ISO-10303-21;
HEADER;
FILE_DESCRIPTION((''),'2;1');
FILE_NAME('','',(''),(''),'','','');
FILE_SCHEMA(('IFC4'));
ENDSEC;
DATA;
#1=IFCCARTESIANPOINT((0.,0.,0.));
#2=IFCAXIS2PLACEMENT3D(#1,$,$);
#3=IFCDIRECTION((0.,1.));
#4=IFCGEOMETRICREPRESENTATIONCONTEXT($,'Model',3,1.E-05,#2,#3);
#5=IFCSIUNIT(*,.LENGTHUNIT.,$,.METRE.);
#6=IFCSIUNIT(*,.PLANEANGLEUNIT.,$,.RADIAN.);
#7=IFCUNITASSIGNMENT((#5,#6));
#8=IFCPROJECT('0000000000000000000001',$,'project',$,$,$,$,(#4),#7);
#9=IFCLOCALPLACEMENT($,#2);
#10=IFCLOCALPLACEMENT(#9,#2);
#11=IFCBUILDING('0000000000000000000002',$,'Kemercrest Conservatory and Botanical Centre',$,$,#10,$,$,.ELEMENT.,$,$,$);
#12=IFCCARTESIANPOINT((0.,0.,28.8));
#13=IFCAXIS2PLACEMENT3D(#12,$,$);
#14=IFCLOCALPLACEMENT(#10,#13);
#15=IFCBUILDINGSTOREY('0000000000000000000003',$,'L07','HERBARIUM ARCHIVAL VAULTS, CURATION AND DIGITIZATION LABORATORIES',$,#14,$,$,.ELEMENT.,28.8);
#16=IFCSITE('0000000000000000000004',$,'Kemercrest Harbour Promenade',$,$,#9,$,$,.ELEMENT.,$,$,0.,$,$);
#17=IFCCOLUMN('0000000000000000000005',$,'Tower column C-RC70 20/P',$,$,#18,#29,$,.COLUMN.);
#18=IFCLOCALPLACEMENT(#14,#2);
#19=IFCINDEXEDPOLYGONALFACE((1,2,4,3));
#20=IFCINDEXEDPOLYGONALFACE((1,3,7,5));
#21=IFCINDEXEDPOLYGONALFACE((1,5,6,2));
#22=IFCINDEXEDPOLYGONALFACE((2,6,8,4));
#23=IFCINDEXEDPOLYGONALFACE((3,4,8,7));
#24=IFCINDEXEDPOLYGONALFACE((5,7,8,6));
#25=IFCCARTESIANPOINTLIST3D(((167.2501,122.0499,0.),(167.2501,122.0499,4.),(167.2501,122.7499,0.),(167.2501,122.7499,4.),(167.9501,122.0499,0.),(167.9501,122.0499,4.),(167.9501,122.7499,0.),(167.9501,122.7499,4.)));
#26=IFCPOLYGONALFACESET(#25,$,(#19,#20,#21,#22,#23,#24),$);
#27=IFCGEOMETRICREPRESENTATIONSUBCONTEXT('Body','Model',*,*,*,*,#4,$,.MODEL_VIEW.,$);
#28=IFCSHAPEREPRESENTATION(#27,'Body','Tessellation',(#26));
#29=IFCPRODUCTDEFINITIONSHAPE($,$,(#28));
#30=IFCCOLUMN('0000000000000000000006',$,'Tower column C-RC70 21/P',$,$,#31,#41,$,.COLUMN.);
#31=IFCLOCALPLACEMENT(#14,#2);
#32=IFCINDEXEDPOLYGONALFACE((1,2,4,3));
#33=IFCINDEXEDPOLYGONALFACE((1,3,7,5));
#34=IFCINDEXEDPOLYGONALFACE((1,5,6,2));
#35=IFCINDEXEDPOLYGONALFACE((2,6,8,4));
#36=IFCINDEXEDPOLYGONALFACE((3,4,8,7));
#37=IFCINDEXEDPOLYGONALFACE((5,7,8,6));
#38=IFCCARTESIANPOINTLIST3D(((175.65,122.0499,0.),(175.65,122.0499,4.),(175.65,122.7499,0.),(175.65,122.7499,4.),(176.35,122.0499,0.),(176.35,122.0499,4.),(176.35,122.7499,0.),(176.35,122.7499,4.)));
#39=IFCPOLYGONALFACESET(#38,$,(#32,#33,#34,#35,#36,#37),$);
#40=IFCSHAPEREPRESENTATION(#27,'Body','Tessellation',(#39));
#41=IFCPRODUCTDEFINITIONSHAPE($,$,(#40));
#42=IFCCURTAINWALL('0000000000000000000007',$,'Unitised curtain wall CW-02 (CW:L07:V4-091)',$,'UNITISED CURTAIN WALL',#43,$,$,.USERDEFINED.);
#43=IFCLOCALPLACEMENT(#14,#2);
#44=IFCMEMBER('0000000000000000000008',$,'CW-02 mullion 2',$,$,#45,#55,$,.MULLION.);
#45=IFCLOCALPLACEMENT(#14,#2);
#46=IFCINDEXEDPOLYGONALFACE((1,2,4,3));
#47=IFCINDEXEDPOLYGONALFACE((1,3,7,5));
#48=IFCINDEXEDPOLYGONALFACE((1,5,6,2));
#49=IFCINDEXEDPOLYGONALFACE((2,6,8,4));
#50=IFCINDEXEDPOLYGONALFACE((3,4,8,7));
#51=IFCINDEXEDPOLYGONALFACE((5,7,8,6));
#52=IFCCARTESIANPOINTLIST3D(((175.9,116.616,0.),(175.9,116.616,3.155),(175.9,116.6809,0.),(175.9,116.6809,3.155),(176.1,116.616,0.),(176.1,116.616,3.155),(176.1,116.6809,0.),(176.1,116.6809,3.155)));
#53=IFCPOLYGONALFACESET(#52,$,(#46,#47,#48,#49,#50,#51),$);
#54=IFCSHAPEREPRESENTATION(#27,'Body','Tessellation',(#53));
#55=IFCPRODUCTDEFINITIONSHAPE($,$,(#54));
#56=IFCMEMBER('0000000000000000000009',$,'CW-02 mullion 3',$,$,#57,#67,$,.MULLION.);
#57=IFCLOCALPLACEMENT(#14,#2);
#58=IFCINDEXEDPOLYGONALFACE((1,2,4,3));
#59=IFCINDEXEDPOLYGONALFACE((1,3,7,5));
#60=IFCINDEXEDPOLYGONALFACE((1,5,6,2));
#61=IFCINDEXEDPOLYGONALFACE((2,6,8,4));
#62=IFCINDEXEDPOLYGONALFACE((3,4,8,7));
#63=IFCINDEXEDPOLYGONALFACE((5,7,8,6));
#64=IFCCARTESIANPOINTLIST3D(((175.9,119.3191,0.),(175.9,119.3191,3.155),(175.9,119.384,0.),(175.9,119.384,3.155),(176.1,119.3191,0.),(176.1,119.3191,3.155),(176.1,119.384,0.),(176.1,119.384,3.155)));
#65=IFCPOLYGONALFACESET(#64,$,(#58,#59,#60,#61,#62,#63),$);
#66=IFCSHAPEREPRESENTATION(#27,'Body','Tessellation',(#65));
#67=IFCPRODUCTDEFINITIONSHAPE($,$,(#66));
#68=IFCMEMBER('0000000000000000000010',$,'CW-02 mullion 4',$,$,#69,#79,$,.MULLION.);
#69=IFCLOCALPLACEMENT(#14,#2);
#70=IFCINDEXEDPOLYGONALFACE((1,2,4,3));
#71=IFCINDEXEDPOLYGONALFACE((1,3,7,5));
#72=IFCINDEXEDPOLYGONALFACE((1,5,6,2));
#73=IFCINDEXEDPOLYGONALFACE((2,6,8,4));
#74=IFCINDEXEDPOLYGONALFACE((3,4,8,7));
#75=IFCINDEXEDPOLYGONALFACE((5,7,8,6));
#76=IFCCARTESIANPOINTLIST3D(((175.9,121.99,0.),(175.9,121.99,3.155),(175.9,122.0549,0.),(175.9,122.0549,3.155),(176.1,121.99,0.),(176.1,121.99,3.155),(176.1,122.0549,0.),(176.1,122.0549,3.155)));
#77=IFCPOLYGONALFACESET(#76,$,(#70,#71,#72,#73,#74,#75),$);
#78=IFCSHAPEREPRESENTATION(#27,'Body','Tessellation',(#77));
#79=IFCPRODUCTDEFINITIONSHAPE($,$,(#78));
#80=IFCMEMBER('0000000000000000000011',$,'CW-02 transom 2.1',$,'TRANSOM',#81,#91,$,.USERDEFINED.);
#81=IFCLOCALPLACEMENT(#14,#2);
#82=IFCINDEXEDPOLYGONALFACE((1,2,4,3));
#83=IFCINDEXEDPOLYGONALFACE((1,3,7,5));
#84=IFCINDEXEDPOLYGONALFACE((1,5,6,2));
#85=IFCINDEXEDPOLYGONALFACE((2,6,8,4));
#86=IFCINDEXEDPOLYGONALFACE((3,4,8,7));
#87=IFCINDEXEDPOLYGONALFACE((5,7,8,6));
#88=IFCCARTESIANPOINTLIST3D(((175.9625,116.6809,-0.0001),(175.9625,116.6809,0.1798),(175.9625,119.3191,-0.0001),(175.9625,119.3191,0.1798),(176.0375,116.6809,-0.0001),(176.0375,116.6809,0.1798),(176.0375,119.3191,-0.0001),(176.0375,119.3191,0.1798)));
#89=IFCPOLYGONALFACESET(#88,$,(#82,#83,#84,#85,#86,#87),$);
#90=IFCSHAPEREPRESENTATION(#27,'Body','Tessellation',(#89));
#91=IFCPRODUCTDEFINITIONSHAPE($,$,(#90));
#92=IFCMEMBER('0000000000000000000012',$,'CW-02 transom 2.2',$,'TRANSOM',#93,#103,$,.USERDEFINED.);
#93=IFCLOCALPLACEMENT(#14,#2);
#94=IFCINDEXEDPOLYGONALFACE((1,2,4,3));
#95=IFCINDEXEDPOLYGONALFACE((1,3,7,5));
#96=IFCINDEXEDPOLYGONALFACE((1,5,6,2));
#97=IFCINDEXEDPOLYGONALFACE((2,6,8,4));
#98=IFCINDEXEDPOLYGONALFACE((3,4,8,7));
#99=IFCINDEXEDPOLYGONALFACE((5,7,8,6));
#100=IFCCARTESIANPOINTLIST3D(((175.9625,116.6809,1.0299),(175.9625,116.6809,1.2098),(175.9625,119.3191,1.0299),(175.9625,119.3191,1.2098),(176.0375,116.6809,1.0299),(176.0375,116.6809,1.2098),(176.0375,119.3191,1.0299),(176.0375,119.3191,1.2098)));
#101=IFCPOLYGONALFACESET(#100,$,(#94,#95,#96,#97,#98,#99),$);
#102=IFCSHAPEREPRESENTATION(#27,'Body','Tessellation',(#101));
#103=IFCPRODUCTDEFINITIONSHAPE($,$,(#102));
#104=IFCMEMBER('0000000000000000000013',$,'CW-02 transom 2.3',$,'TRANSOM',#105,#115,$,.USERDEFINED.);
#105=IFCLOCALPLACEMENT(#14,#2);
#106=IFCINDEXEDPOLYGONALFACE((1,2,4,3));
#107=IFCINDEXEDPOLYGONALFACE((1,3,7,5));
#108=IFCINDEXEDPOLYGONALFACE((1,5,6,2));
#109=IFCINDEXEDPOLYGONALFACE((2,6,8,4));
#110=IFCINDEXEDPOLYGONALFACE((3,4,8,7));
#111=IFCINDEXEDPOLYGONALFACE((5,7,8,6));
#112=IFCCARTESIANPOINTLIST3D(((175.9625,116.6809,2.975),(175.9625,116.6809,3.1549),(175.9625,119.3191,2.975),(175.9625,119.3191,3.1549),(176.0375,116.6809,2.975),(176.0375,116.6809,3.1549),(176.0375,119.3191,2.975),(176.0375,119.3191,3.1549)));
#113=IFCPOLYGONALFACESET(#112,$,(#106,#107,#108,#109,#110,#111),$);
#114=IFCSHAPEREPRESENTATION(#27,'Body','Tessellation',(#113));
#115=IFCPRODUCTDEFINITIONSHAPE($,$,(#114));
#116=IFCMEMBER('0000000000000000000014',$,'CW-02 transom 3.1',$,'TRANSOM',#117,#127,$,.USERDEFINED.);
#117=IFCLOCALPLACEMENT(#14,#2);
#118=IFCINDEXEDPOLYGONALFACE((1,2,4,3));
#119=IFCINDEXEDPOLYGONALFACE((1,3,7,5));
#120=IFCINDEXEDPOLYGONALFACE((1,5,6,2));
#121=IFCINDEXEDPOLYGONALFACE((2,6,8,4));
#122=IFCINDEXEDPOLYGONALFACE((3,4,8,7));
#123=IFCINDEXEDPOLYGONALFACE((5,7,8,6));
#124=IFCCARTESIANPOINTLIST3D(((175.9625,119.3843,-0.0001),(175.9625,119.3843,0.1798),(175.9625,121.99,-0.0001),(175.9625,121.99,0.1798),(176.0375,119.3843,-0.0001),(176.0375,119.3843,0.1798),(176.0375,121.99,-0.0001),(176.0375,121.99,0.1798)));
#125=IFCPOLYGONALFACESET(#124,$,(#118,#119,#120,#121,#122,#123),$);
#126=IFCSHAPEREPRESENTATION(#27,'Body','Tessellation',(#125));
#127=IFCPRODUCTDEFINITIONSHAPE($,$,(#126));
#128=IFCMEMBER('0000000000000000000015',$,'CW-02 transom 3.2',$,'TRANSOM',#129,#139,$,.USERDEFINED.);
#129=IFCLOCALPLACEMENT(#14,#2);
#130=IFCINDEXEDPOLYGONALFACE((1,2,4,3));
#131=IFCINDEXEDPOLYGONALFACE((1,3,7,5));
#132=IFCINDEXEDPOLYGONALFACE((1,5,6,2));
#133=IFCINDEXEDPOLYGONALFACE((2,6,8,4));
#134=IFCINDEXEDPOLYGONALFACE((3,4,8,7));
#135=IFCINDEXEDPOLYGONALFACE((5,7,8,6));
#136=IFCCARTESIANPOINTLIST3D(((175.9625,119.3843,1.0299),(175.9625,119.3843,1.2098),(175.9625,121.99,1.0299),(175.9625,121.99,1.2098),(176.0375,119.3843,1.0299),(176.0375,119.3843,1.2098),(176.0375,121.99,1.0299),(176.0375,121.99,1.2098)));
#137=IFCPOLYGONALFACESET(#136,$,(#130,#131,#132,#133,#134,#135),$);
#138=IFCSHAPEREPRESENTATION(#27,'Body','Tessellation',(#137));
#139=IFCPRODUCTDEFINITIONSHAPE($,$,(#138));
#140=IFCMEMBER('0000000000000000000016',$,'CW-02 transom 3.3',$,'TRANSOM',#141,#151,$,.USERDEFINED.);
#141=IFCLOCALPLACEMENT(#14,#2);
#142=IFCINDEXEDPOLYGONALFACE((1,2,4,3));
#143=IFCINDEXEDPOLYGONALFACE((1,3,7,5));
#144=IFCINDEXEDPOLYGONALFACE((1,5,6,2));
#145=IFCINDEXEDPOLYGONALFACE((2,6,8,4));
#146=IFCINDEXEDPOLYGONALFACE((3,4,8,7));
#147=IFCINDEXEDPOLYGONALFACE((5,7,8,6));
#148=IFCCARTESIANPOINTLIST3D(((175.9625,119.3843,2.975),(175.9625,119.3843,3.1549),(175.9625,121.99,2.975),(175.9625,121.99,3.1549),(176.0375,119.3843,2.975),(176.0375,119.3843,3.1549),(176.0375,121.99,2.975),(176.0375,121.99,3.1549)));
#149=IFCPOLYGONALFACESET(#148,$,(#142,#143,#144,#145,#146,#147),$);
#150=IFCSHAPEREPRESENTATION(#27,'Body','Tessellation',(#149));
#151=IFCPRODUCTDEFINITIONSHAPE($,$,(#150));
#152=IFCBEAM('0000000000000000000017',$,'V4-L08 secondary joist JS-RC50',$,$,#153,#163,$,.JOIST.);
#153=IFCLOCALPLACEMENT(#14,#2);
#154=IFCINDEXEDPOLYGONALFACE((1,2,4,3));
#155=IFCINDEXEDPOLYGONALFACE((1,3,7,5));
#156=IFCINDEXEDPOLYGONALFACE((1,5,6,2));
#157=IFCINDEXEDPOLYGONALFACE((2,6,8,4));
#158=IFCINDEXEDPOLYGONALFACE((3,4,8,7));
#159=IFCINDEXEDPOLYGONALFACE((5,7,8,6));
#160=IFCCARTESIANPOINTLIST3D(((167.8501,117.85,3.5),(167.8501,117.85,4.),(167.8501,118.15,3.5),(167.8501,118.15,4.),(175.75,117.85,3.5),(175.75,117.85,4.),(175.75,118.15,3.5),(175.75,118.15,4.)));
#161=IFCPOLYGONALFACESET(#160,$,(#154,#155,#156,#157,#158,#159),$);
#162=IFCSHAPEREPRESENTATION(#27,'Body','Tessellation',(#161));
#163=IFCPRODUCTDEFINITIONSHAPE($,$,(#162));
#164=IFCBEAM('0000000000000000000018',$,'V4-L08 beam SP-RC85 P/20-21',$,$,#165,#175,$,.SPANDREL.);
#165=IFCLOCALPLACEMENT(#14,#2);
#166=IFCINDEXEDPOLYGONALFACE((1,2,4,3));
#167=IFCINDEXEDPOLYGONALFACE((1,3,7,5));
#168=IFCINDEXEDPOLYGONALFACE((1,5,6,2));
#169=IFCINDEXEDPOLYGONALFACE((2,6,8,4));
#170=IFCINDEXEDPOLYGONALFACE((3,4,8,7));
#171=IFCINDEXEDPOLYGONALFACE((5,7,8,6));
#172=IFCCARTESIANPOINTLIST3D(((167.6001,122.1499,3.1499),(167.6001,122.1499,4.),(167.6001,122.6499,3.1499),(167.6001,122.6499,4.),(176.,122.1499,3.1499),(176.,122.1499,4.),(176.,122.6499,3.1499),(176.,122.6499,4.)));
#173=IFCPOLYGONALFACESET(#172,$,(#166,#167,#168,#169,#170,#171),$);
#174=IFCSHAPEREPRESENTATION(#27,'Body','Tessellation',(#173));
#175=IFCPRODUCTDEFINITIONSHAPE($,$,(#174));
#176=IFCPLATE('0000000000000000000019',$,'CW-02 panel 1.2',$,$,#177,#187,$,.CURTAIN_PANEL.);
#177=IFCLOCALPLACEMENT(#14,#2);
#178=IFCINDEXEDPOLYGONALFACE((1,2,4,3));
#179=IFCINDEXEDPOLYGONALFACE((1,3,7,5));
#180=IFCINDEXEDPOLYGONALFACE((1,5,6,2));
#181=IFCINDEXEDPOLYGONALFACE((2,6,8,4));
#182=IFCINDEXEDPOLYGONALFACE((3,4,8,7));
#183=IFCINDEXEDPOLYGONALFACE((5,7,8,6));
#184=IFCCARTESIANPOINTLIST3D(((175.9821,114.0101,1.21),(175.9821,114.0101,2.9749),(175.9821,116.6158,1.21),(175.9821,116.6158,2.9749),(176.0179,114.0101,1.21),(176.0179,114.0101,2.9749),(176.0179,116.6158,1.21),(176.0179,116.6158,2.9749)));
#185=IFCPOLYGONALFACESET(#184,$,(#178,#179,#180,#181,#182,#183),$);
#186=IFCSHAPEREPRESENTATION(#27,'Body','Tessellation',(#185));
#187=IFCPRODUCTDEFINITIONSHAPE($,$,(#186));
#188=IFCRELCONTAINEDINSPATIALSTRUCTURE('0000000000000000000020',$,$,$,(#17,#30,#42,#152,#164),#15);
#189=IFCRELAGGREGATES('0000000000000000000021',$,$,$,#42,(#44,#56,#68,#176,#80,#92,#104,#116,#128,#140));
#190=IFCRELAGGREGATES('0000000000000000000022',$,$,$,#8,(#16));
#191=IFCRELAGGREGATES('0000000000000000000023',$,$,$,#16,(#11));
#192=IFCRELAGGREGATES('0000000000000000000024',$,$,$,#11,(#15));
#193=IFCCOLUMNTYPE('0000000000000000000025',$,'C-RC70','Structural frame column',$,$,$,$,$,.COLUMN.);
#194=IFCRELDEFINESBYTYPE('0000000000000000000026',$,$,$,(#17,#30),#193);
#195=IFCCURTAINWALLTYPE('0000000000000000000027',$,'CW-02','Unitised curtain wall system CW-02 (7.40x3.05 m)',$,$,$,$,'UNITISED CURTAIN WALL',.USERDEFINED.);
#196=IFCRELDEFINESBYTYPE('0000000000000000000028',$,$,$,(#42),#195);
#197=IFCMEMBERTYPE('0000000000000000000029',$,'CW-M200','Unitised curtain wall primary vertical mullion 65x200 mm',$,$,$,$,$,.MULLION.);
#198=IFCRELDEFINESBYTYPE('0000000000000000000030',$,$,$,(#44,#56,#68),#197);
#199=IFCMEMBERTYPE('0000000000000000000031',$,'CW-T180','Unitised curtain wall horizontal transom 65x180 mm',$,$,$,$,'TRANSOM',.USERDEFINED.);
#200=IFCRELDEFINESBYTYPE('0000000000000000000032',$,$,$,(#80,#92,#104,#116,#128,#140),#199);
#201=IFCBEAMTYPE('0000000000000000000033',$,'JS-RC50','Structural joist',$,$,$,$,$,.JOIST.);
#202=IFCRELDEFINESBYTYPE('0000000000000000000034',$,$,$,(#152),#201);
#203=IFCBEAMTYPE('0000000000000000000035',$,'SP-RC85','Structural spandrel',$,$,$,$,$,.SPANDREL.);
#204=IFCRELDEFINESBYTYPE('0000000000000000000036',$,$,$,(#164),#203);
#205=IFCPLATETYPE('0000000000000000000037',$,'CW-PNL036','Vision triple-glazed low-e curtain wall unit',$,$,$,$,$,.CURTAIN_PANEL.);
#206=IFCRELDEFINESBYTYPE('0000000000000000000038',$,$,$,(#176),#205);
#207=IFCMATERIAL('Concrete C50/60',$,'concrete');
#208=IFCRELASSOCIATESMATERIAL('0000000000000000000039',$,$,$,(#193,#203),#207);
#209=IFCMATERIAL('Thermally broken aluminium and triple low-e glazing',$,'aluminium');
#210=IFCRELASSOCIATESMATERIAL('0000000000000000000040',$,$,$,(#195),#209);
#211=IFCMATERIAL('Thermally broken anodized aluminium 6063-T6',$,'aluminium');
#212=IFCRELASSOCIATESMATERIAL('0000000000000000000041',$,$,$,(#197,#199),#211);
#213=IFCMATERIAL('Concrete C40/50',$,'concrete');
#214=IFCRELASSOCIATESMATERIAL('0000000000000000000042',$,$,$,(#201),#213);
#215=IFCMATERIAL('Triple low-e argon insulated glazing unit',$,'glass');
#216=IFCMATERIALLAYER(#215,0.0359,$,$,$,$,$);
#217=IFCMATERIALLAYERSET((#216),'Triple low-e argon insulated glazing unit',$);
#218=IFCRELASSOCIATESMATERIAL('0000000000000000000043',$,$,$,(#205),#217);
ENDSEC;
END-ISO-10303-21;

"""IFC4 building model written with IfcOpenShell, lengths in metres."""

from ifc_helpers import new_model, si_unit, direction, frame, origin, origin_2d, place, context, subcontext, project, spatial, rectangle, extrude, material, layer, layer_set, material_profile, profile_set, type_object, element, aggregate, save


model = new_model("IFC4")

# Units and contexts
model_context = context("Model", 3, precision=1e-05, world=origin(), true_north=direction((0.0, 1.0)))
body_context = subcontext(model_context, "Body", "Model", "MODEL_VIEW")
ifc_project = project(units=[si_unit("LENGTHUNIT", "METRE"), si_unit("PLANEANGLEUNIT", "RADIAN")], contexts=[model_context])

# Site, building, storey
site_placement = place(None, origin())
site = spatial("IfcSite", under=ifc_project, at=site_placement, Name="Kemercrest Harbour Promenade", CompositionType="ELEMENT", RefElevation=0.0)
building_placement = place(site_placement, origin())
building = spatial("IfcBuilding", under=site, at=building_placement, Name="Kemercrest Conservatory and Botanical Centre", CompositionType="ELEMENT")
storey_placement = place(building_placement, frame((0.0, 0.0, 28.8)))
storey = spatial("IfcBuildingStorey", under=building, at=storey_placement, Name="L07", Description="HERBARIUM ARCHIVAL VAULTS, CURATION AND DIGITIZATION LABORATORIES", CompositionType="ELEMENT", Elevation=28.8)

# Columns
ifc_material_1 = material(Name="Concrete C50/60", Category="concrete")
ifc_material_profile_1 = material_profile(ifc_material_1, rectangle(XDim=0.7, YDim=0.7, at=origin_2d()), Name="RC 700x700")
ifc_profile_set_1 = profile_set([ifc_material_profile_1], Name="Concrete C50/60")
column_type = type_object("IfcColumnType", Name="C-RC70", Description="Structural frame column", PredefinedType="COLUMN", material=ifc_profile_set_1)
for number, where, z_axis, x_axis, name in (
    (1, (167.6001, 122.3999, 0.0), (0.0, 0.0, 1.0), (1.0, 0.0, 0.0), "Tower column C-RC70 20/P"),
    (2, (176.0, 122.3999, 0.0), (0.0, 0.0, 1.0), (1.0, 0.0, 0.0), "Tower column C-RC70 21/P"),
):
    element("IfcColumn", number, at=place(storey_placement, frame(where, z_axis=z_axis, x_axis=x_axis)), inside=storey, type_object=column_type, Name=name, PredefinedType="COLUMN", context=body_context, shape_type="SweptSolid", body=[
        extrude(rectangle(XDim=0.7, YDim=0.7, at=origin_2d()), origin(), (0.0, 0.0, 1.0), 4.0),
    ])

# Curtain wall, members
ifc_material_2 = material(Name="Thermally broken aluminium and triple low-e glazing", Category="aluminium")
curtain_wall_type = type_object("IfcCurtainWallType", Name="CW-02", Description="Unitised curtain wall system CW-02 (7.40x3.05 m)", ElementType="UNITISED CURTAIN WALL", PredefinedType="USERDEFINED", material=ifc_material_2)
curtain_wall_placement = place(storey_placement, origin())
curtain_wall = element("IfcCurtainWall", 3, at=curtain_wall_placement, inside=storey, type_object=curtain_wall_type, Name="Unitised curtain wall CW-02 (CW:L07:V4-091)", ObjectType="UNITISED CURTAIN WALL", PredefinedType="USERDEFINED")
ifc_material_3 = material(Name="Thermally broken anodized aluminium 6063-T6", Category="aluminium")
ifc_material_profile_2 = material_profile(ifc_material_3, rectangle(XDim=0.2, YDim=0.0649, at=origin_2d()), Name="AL MULLION 65x200")
ifc_profile_set_2 = profile_set([ifc_material_profile_2], Name="Thermally broken anodized aluminium 6063-T6")
member_type_1 = type_object("IfcMemberType", Name="CW-M200", Description="Unitised curtain wall primary vertical mullion 65x200 mm", PredefinedType="MULLION", material=ifc_profile_set_2)
member_1_placement = place(storey_placement, frame((176.0, 116.6484, 0.0), z_axis=(0.0, 0.0, 1.0), x_axis=(-1.0, 0.0, 0.0)))
member_1 = element("IfcMember", 4, at=member_1_placement, type_object=member_type_1, Name="CW-02 mullion 2", PredefinedType="MULLION", context=body_context, shape_type="SweptSolid", body=[
    extrude(rectangle(XDim=0.2, YDim=0.0649, at=origin_2d()), origin(), (0.0, 0.0, 1.0), 3.155),
])
member_2_placement = place(storey_placement, frame((176.0, 119.3516, 0.0), z_axis=(0.0, 0.0, 1.0), x_axis=(-1.0, 0.0, 0.0)))
member_2 = element("IfcMember", 5, at=member_2_placement, type_object=member_type_1, Name="CW-02 mullion 3", PredefinedType="MULLION", context=body_context, shape_type="SweptSolid", body=[
    extrude(rectangle(XDim=0.2, YDim=0.0649, at=origin_2d()), origin(), (0.0, 0.0, 1.0), 3.155),
])
member_3_placement = place(storey_placement, frame((176.0, 122.0225, 0.0), z_axis=(0.0, 0.0, 1.0), x_axis=(-1.0, 0.0, 0.0)))
member_3 = element("IfcMember", 6, at=member_3_placement, type_object=member_type_1, Name="CW-02 mullion 4", PredefinedType="MULLION", context=body_context, shape_type="SweptSolid", body=[
    extrude(rectangle(XDim=0.2, YDim=0.0649, at=origin_2d()), origin(), (0.0, 0.0, 1.0), 3.155),
])
ifc_material_profile_3 = material_profile(ifc_material_3, rectangle(XDim=0.075, YDim=0.1799, at=origin_2d()), Name="AL TRANSOM 75x180")
ifc_profile_set_3 = profile_set([ifc_material_profile_3], Name="Thermally broken anodized aluminium 6063-T6")
member_type_2 = type_object("IfcMemberType", Name="CW-T180", Description="Unitised curtain wall horizontal transom 65x180 mm", ElementType="TRANSOM", PredefinedType="USERDEFINED", material=ifc_profile_set_3)
member_4_placement = place(storey_placement, frame((176.0, 116.6809, 0.0898), z_axis=(0.0, 1.0, 0.0), x_axis=(-1.0, 0.0, 0.0)))
member_4 = element("IfcMember", 7, at=member_4_placement, type_object=member_type_2, Name="CW-02 transom 2.1", ObjectType="TRANSOM", PredefinedType="USERDEFINED", context=body_context, shape_type="SweptSolid", body=[
    extrude(rectangle(XDim=0.075, YDim=0.1799, at=origin_2d()), origin(), (0.0, 0.0, 1.0), 2.6382),
])
member_5_placement = place(storey_placement, frame((176.0, 116.6809, 1.1199), z_axis=(0.0, 1.0, 0.0), x_axis=(-1.0, 0.0, 0.0)))
member_5 = element("IfcMember", 8, at=member_5_placement, type_object=member_type_2, Name="CW-02 transom 2.2", ObjectType="TRANSOM", PredefinedType="USERDEFINED", context=body_context, shape_type="SweptSolid", body=[
    extrude(rectangle(XDim=0.075, YDim=0.1799, at=origin_2d()), origin(), (0.0, 0.0, 1.0), 2.6382),
])
member_6_placement = place(storey_placement, frame((176.0, 116.6809, 3.0649), z_axis=(0.0, 1.0, 0.0), x_axis=(-1.0, 0.0, 0.0)))
member_6 = element("IfcMember", 9, at=member_6_placement, type_object=member_type_2, Name="CW-02 transom 2.3", ObjectType="TRANSOM", PredefinedType="USERDEFINED", context=body_context, shape_type="SweptSolid", body=[
    extrude(rectangle(XDim=0.075, YDim=0.1799, at=origin_2d()), origin(), (0.0, 0.0, 1.0), 2.6382),
])
member_7_placement = place(storey_placement, frame((176.0, 119.3843, 0.0898), z_axis=(0.0, 1.0, 0.0), x_axis=(-1.0, 0.0, 0.0)))
member_7 = element("IfcMember", 10, at=member_7_placement, type_object=member_type_2, Name="CW-02 transom 3.1", ObjectType="TRANSOM", PredefinedType="USERDEFINED", context=body_context, shape_type="SweptSolid", body=[
    extrude(rectangle(XDim=0.075, YDim=0.1799, at=origin_2d()), origin(), (0.0, 0.0, 1.0), 2.6057),
])
member_8_placement = place(storey_placement, frame((176.0, 119.3843, 1.1199), z_axis=(0.0, 1.0, 0.0), x_axis=(-1.0, 0.0, 0.0)))
member_8 = element("IfcMember", 11, at=member_8_placement, type_object=member_type_2, Name="CW-02 transom 3.2", ObjectType="TRANSOM", PredefinedType="USERDEFINED", context=body_context, shape_type="SweptSolid", body=[
    extrude(rectangle(XDim=0.075, YDim=0.1799, at=origin_2d()), origin(), (0.0, 0.0, 1.0), 2.6057),
])
member_9_placement = place(storey_placement, frame((176.0, 119.3843, 3.0649), z_axis=(0.0, 1.0, 0.0), x_axis=(-1.0, 0.0, 0.0)))
member_9 = element("IfcMember", 12, at=member_9_placement, type_object=member_type_2, Name="CW-02 transom 3.3", ObjectType="TRANSOM", PredefinedType="USERDEFINED", context=body_context, shape_type="SweptSolid", body=[
    extrude(rectangle(XDim=0.075, YDim=0.1799, at=origin_2d()), origin(), (0.0, 0.0, 1.0), 2.6057),
])

# Beams
ifc_material_4 = material(Name="Concrete C40/50", Category="concrete")
ifc_material_profile_4 = material_profile(ifc_material_4, rectangle(XDim=0.3, YDim=0.5, at=origin_2d()), Name="RC 300x500")
ifc_profile_set_4 = profile_set([ifc_material_profile_4], Name="Concrete C40/50")
beam_type_1 = type_object("IfcBeamType", Name="JS-RC50", Description="Structural joist", PredefinedType="JOIST", material=ifc_profile_set_4)
beam_1_placement = place(storey_placement, frame((167.8501, 118.0, 3.75), z_axis=(1.0, 0.0, 0.0), x_axis=(0.0, 1.0, 0.0)))
element("IfcBeam", 13, at=beam_1_placement, inside=storey, type_object=beam_type_1, Name="V4-L08 secondary joist JS-RC50", PredefinedType="JOIST", context=body_context, shape_type="SweptSolid", body=[
    extrude(rectangle(XDim=0.3, YDim=0.5, at=origin_2d()), origin(), (0.0, 0.0, 1.0), 7.8999),
])
ifc_material_profile_5 = material_profile(ifc_material_1, rectangle(XDim=0.5, YDim=0.8501, at=origin_2d()), Name="RC 500x850")
ifc_profile_set_5 = profile_set([ifc_material_profile_5], Name="Concrete C50/60")
beam_type_2 = type_object("IfcBeamType", Name="SP-RC85", Description="Structural spandrel", PredefinedType="SPANDREL", material=ifc_profile_set_5)
beam_2_placement = place(storey_placement, frame((167.6001, 122.3999, 3.575), z_axis=(1.0, 0.0, 0.0), x_axis=(0.0, 1.0, 0.0)))
element("IfcBeam", 14, at=beam_2_placement, inside=storey, type_object=beam_type_2, Name="V4-L08 beam SP-RC85 P/20-21", PredefinedType="SPANDREL", context=body_context, shape_type="SweptSolid", body=[
    extrude(rectangle(XDim=0.5, YDim=0.8501, at=origin_2d()), origin(), (0.0, 0.0, 1.0), 8.3999),
])

# Plate
ifc_material_5 = material(Name="Triple low-e argon insulated glazing unit", Category="glass")
ifc_layer_1 = layer(ifc_material_5, 0.0359)
ifc_layer_set_1 = layer_set([ifc_layer_1], Name="Triple low-e argon insulated glazing unit")
plate_type = type_object("IfcPlateType", Name="CW-PNL036", Description="Vision triple-glazed low-e curtain wall unit", PredefinedType="CURTAIN_PANEL", material=ifc_layer_set_1)
plate_1_placement = place(storey_placement, frame((176.0, 115.313, 1.21), z_axis=(0.0, 0.0, 1.0), x_axis=(0.0, 1.0, 0.0)))
plate_1 = element("IfcPlate", 15, at=plate_1_placement, type_object=plate_type, Name="CW-02 panel 1.2", PredefinedType="CURTAIN_PANEL", context=body_context, shape_type="SweptSolid", body=[
    extrude(rectangle(XDim=2.6057, YDim=0.0359, at=origin_2d()), origin(), (0.0, 0.0, 1.0), 1.7649),
])
aggregate(curtain_wall, [member_1, member_2, member_3, plate_1, member_4, member_5, member_6, member_7, member_8, member_9])

save(model, "model.ifc")
